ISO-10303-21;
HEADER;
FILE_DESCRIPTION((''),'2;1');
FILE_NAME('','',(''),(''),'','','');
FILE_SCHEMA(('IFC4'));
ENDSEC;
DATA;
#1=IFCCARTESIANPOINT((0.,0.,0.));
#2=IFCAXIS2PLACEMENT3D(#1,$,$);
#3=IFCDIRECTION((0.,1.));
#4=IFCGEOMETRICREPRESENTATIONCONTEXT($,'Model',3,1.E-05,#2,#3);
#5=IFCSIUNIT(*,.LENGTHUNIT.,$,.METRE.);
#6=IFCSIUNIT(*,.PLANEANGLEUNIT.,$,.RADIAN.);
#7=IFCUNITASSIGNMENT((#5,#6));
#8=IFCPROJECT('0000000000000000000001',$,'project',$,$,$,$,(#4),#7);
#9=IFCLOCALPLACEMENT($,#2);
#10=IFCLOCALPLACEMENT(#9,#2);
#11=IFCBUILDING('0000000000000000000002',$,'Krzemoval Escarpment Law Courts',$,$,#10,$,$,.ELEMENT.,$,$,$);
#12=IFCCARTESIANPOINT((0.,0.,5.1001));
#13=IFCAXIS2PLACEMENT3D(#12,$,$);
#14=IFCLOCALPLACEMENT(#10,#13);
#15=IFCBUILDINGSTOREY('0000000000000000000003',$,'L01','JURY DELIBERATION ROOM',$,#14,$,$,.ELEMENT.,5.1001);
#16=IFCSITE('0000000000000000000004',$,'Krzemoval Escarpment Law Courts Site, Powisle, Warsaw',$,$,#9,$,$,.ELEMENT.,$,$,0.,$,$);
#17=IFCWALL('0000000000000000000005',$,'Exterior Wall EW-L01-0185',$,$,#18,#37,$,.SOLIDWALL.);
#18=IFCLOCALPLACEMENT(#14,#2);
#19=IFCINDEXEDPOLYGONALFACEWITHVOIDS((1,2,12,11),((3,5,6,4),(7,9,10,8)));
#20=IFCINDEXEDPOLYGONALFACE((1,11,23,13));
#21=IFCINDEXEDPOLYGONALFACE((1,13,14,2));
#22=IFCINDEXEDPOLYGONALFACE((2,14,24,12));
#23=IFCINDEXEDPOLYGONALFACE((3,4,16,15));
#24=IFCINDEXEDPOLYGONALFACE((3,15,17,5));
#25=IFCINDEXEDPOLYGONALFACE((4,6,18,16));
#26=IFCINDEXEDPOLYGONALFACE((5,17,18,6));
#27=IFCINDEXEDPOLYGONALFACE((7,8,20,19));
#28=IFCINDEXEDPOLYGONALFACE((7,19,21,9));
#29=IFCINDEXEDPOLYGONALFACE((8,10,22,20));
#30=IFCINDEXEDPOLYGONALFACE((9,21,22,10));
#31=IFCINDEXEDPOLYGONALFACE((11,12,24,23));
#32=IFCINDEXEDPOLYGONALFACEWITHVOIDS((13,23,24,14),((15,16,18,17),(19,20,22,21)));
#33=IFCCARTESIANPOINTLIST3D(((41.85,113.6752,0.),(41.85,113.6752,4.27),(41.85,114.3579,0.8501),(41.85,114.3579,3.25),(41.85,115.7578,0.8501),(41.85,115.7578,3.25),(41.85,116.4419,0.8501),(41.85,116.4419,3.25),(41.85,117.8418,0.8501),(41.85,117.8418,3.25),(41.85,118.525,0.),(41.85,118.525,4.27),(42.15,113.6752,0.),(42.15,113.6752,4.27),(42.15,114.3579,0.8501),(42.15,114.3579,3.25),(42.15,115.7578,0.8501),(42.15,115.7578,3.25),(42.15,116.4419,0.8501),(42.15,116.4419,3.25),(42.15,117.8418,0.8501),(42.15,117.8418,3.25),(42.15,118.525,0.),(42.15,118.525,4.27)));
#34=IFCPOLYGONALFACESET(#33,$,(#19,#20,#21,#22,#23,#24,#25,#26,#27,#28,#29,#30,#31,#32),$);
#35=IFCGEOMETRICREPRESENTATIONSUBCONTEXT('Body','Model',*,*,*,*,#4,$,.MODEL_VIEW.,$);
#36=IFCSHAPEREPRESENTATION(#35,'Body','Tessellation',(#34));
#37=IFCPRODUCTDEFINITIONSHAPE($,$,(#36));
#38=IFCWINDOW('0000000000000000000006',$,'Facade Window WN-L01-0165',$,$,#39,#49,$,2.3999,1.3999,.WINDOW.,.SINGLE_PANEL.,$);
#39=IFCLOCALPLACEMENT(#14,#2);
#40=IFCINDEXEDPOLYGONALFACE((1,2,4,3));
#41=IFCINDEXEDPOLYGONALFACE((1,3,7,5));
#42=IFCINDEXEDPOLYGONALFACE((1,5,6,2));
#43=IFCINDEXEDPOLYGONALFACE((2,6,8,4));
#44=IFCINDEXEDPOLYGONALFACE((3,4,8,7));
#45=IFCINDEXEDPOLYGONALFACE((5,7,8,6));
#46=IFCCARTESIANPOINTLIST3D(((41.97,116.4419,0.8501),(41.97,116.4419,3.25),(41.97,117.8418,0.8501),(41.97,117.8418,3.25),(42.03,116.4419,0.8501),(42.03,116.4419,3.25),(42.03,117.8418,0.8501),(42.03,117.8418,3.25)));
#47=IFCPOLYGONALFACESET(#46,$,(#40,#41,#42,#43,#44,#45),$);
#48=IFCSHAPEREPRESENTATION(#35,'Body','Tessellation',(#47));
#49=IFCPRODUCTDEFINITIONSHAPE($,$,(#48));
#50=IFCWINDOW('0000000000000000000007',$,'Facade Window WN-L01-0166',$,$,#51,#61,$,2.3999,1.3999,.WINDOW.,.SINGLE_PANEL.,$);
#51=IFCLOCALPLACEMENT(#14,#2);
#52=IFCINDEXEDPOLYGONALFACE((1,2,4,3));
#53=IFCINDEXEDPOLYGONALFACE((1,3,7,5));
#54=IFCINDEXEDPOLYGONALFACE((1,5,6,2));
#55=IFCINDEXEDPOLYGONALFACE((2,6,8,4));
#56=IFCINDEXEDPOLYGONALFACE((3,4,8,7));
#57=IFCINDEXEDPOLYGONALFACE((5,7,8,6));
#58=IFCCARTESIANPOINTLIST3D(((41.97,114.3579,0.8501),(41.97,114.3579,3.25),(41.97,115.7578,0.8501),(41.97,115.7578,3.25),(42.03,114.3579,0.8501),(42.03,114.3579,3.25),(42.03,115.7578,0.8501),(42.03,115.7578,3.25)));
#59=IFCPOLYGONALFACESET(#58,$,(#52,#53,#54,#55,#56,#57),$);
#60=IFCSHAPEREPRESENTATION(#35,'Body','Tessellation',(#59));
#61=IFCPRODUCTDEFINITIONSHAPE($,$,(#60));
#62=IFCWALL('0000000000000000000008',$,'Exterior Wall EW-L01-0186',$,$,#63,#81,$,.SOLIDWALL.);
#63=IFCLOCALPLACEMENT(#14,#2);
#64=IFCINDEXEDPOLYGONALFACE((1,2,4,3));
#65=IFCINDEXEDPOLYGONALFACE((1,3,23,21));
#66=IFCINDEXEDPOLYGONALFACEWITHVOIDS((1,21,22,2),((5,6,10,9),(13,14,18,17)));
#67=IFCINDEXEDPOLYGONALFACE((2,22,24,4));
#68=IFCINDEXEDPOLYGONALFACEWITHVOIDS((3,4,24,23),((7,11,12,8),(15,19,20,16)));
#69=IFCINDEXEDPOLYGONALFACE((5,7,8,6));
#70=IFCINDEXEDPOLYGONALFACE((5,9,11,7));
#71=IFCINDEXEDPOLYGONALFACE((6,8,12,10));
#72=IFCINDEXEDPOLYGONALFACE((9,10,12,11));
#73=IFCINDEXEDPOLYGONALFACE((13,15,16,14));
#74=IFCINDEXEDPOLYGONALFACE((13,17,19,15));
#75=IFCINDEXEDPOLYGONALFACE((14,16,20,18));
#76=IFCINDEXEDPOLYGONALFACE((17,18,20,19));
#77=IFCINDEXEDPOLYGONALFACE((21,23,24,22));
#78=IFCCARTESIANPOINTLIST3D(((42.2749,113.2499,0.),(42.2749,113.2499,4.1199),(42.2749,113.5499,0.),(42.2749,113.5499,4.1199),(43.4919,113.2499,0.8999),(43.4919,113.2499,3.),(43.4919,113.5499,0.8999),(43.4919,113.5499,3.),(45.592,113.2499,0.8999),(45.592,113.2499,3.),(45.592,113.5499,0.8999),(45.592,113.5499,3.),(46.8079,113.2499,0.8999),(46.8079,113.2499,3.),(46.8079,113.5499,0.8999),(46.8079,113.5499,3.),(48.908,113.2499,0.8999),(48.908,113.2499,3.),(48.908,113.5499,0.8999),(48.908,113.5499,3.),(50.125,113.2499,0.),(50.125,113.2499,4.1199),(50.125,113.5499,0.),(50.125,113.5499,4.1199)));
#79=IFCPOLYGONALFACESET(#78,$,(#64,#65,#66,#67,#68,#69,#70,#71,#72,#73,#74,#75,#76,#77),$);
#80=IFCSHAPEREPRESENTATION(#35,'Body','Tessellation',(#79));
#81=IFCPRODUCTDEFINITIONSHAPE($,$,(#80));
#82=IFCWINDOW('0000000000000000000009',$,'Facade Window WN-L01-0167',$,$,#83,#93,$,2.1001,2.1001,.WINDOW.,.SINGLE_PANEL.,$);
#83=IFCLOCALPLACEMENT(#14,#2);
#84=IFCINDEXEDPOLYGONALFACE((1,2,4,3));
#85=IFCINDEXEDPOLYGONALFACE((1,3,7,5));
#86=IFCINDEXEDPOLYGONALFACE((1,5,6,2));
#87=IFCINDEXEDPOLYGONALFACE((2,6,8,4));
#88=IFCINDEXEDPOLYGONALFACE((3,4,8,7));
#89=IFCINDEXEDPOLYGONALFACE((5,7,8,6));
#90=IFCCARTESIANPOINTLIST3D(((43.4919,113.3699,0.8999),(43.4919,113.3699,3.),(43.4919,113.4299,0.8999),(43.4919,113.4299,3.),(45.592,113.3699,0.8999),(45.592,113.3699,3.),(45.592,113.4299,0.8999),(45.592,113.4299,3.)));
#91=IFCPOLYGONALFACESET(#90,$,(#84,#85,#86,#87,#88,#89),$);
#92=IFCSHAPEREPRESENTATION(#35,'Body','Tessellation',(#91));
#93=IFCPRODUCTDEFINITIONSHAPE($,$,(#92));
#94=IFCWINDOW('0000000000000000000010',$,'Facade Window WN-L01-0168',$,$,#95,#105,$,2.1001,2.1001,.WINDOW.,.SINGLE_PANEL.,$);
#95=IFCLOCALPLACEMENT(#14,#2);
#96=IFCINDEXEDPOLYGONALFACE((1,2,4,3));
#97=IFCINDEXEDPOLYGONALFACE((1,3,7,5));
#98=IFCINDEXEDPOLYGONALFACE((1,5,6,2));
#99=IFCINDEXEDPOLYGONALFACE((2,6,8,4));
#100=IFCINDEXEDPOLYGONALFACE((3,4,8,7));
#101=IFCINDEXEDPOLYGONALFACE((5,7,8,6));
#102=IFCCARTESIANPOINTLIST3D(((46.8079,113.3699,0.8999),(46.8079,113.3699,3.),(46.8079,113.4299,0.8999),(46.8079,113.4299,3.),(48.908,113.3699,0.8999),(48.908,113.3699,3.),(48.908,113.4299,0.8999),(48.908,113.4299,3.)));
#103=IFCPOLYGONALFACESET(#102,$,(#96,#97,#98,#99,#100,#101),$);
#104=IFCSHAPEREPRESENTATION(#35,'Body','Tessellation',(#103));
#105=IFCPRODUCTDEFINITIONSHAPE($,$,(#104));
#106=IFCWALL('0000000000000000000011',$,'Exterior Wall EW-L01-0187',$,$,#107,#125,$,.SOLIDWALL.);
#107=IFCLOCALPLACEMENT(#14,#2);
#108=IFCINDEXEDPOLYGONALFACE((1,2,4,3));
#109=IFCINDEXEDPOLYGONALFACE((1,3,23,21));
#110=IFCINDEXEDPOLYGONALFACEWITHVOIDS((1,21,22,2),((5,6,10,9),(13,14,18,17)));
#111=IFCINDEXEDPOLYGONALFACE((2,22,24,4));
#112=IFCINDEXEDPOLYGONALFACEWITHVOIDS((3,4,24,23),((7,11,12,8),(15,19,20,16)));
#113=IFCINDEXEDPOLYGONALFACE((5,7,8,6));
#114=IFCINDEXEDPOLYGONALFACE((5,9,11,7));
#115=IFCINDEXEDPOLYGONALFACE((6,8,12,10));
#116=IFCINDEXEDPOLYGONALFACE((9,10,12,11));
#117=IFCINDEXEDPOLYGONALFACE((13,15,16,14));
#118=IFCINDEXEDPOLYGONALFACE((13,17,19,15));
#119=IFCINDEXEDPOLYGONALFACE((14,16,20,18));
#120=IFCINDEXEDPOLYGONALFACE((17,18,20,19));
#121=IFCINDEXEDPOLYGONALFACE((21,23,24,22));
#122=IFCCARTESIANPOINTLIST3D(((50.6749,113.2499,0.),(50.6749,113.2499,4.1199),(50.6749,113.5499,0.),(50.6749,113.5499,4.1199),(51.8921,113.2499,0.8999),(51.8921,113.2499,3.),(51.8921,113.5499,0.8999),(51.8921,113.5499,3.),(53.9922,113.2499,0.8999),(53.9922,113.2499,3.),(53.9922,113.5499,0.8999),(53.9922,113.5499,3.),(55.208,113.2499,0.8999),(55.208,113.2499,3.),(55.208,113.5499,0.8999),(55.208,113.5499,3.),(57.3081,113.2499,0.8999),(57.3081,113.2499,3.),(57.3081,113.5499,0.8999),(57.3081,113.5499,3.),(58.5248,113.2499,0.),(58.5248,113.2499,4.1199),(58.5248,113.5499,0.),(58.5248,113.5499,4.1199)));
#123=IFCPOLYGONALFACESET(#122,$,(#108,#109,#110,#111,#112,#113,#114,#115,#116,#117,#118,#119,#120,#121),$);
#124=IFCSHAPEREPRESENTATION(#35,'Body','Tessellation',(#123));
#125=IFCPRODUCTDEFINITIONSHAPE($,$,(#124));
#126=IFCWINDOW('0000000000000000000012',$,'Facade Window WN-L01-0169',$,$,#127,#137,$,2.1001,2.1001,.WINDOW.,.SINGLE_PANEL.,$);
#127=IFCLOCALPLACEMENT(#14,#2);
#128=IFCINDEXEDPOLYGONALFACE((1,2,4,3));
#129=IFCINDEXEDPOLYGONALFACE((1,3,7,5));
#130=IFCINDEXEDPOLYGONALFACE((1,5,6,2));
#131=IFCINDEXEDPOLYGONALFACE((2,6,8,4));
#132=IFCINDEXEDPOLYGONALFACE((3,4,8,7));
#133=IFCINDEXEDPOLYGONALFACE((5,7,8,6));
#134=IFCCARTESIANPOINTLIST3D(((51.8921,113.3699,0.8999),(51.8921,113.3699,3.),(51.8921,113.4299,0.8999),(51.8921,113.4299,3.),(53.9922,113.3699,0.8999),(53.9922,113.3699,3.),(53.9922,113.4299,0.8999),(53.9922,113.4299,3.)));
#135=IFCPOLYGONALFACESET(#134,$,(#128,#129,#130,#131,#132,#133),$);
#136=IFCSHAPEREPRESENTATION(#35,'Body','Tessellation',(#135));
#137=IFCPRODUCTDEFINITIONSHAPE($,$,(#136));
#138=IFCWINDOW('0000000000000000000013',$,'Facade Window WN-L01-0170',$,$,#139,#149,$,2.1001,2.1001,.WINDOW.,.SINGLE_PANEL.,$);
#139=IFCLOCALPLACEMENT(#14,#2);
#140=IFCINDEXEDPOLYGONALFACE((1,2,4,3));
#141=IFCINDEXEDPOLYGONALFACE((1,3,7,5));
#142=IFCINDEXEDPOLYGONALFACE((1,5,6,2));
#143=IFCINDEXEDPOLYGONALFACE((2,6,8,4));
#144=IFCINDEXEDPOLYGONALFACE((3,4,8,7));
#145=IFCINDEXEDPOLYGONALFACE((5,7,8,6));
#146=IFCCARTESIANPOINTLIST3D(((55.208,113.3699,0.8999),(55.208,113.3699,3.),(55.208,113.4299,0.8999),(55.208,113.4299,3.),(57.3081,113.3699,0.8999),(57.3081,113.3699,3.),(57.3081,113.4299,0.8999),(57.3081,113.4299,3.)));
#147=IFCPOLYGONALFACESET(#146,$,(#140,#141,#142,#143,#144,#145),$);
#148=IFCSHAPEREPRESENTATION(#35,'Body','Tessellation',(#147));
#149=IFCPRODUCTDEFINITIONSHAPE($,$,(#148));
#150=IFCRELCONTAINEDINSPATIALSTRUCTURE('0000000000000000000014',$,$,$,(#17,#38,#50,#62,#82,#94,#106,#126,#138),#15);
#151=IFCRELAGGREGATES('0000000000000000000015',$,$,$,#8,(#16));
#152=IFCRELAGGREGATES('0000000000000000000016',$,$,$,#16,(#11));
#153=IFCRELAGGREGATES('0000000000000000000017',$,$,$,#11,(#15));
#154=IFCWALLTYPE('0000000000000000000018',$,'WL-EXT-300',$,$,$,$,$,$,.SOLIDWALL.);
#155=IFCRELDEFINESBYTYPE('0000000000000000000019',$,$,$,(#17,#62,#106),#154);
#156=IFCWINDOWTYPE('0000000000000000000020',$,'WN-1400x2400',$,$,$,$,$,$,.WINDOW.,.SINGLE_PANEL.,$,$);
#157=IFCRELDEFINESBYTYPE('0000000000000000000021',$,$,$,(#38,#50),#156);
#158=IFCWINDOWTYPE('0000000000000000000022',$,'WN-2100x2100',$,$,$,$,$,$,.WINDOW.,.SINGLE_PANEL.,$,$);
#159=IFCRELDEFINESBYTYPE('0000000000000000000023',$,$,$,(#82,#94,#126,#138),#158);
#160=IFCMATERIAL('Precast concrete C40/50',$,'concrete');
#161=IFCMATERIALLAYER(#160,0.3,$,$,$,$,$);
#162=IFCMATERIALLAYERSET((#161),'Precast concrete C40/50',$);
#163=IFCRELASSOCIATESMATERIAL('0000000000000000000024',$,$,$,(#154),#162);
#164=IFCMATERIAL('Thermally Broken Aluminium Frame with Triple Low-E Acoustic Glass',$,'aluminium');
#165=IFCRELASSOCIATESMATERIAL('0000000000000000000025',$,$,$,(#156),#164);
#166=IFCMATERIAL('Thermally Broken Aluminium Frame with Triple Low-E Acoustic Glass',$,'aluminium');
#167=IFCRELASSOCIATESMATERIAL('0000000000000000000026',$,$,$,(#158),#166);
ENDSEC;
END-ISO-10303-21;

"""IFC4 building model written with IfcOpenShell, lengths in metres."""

from ifc_helpers import new_model, si_unit, direction, frame, frame_2d, origin, place, context, subcontext, project, spatial, rectangle, extrude, material, layer, layer_set, type_object, element, fill, save


model = new_model("IFC4")

# Units and contexts
model_context = context("Model", 3, precision=1e-05, world=origin(), true_north=direction((0.0, 1.0)))
body_context = subcontext(model_context, "Body", "Model", "MODEL_VIEW")
ifc_project = project(units=[si_unit("LENGTHUNIT", "METRE"), si_unit("PLANEANGLEUNIT", "RADIAN")], contexts=[model_context])

# Site, building, storey
site_placement = place(None, origin())
site = spatial("IfcSite", under=ifc_project, at=site_placement, Name="Krzemoval Escarpment Law Courts Site, Powisle, Warsaw", CompositionType="ELEMENT", RefElevation=0.0)
building_placement = place(site_placement, origin())
building = spatial("IfcBuilding", under=site, at=building_placement, Name="Krzemoval Escarpment Law Courts", CompositionType="ELEMENT")
storey_placement = place(building_placement, frame((0.0, 0.0, 5.1001)))
storey = spatial("IfcBuildingStorey", under=building, at=storey_placement, Name="L01", Description="JURY DELIBERATION ROOM", CompositionType="ELEMENT", Elevation=5.1001)

# Walls, openings, windows
ifc_material_1 = material(Name="Precast concrete C40/50", Category="concrete")
ifc_layer = layer(ifc_material_1, 0.3)
ifc_layer_set = layer_set([ifc_layer], Name="Precast concrete C40/50")
wall_type = type_object("IfcWallType", Name="WL-EXT-300", PredefinedType="SOLIDWALL", material=ifc_layer_set)
wall_1_placement = place(storey_placement, frame((42.0, 118.5249, 0.0), z_axis=(0.0, 0.0, 1.0), x_axis=(0.0, -1.0, 0.0)))
wall_1 = element("IfcWall", 1, at=wall_1_placement, inside=storey, type_object=wall_type, Name="Exterior Wall EW-L01-0185", PredefinedType="SOLIDWALL", context=body_context, shape_type="SweptSolid", body=[
    extrude(rectangle(XDim=4.8499, YDim=0.3, at=frame_2d((2.4248, 0.0))), origin(), (0.0, 0.0, 1.0), 4.27),
])
opening_1_placement = place(wall_1_placement, frame((0.6831, 0.0, 0.8501)))
opening_1 = element("IfcOpeningElement", 2, at=opening_1_placement, cuts=wall_1, PredefinedType="OPENING", context=body_context, shape_type="SweptSolid", body=[
    extrude(rectangle(XDim=1.3999, YDim=2.3999, at=frame_2d((0.7, 1.2))), frame((0.0, 0.165, 0.0), z_axis=(0.0, -1.0, 0.0), x_axis=(1.0, 0.0, 0.0)), (0.0, 0.0, 1.0), 0.3301),
])
opening_2_placement = place(wall_1_placement, frame((2.7671, 0.0, 0.8501)))
opening_2 = element("IfcOpeningElement", 3, at=opening_2_placement, cuts=wall_1, PredefinedType="OPENING", context=body_context, shape_type="SweptSolid", body=[
    extrude(rectangle(XDim=1.3999, YDim=2.3999, at=frame_2d((0.7, 1.2))), frame((0.0, 0.165, 0.0), z_axis=(0.0, -1.0, 0.0), x_axis=(1.0, 0.0, 0.0)), (0.0, 0.0, 1.0), 0.3301),
])
ifc_material_2 = material(Name="Thermally Broken Aluminium Frame with Triple Low-E Acoustic Glass", Category="aluminium")
window_type_1 = type_object("IfcWindowType", Name="WN-1400x2400", PartitioningType="SINGLE_PANEL", PredefinedType="WINDOW", material=ifc_material_2)
window_1_placement = place(opening_1_placement, origin())
window_1 = element("IfcWindow", 4, at=window_1_placement, inside=storey, type_object=window_type_1, Name="Facade Window WN-L01-0165", OverallHeight=2.3999, OverallWidth=1.3999, PartitioningType="SINGLE_PANEL", PredefinedType="WINDOW", context=body_context, shape_type="SweptSolid", body=[
    extrude(rectangle(XDim=1.3999, YDim=2.3999, at=frame_2d((0.7, 1.2))), frame((0.0, 0.03, 0.0), z_axis=(0.0, -1.0, 0.0), x_axis=(1.0, 0.0, 0.0)), (0.0, 0.0, 1.0), 0.0601),
])
fill(opening_1, window_1)
window_2_placement = place(opening_2_placement, origin())
window_2 = element("IfcWindow", 5, at=window_2_placement, inside=storey, type_object=window_type_1, Name="Facade Window WN-L01-0166", OverallHeight=2.3999, OverallWidth=1.3999, PartitioningType="SINGLE_PANEL", PredefinedType="WINDOW", context=body_context, shape_type="SweptSolid", body=[
    extrude(rectangle(XDim=1.3999, YDim=2.3999, at=frame_2d((0.7, 1.2))), frame((0.0, 0.03, 0.0), z_axis=(0.0, -1.0, 0.0), x_axis=(1.0, 0.0, 0.0)), (0.0, 0.0, 1.0), 0.0601),
])
fill(opening_2, window_2)
wall_2_placement = place(storey_placement, frame((42.2749, 113.3999, 0.0), z_axis=(0.0, 0.0, 1.0), x_axis=(1.0, 0.0, 0.0)))
wall_2 = element("IfcWall", 6, at=wall_2_placement, inside=storey, type_object=wall_type, Name="Exterior Wall EW-L01-0186", PredefinedType="SOLIDWALL", context=body_context, shape_type="SweptSolid", body=[
    extrude(rectangle(XDim=7.8501, YDim=0.3, at=frame_2d((3.925, 0.0))), origin(), (0.0, 0.0, 1.0), 4.1199),
])
opening_3_placement = place(wall_2_placement, frame((1.217, 0.0, 0.8999)))
opening_3 = element("IfcOpeningElement", 7, at=opening_3_placement, cuts=wall_2, PredefinedType="OPENING", context=body_context, shape_type="SweptSolid", body=[
    extrude(rectangle(XDim=2.1001, YDim=2.1001, at=frame_2d((1.05, 1.05))), frame((0.0, 0.165, 0.0), z_axis=(0.0, -1.0, 0.0), x_axis=(1.0, 0.0, 0.0)), (0.0, 0.0, 1.0), 0.3301),
])
opening_4_placement = place(wall_2_placement, frame((4.533, 0.0, 0.8999)))
opening_4 = element("IfcOpeningElement", 8, at=opening_4_placement, cuts=wall_2, PredefinedType="OPENING", context=body_context, shape_type="SweptSolid", body=[
    extrude(rectangle(XDim=2.1001, YDim=2.1001, at=frame_2d((1.05, 1.05))), frame((0.0, 0.165, 0.0), z_axis=(0.0, -1.0, 0.0), x_axis=(1.0, 0.0, 0.0)), (0.0, 0.0, 1.0), 0.3301),
])
ifc_material_3 = material(Name="Thermally Broken Aluminium Frame with Triple Low-E Acoustic Glass", Category="aluminium")
window_type_2 = type_object("IfcWindowType", Name="WN-2100x2100", PartitioningType="SINGLE_PANEL", PredefinedType="WINDOW", material=ifc_material_3)
window_3_placement = place(opening_3_placement, origin())
window_3 = element("IfcWindow", 9, at=window_3_placement, inside=storey, type_object=window_type_2, Name="Facade Window WN-L01-0167", OverallHeight=2.1001, OverallWidth=2.1001, PartitioningType="SINGLE_PANEL", PredefinedType="WINDOW", context=body_context, shape_type="SweptSolid", body=[
    extrude(rectangle(XDim=2.1001, YDim=2.1001, at=frame_2d((1.05, 1.05))), frame((0.0, 0.03, 0.0), z_axis=(0.0, -1.0, 0.0), x_axis=(1.0, 0.0, 0.0)), (0.0, 0.0, 1.0), 0.0601),
])
fill(opening_3, window_3)
window_4_placement = place(opening_4_placement, origin())
window_4 = element("IfcWindow", 10, at=window_4_placement, inside=storey, type_object=window_type_2, Name="Facade Window WN-L01-0168", OverallHeight=2.1001, OverallWidth=2.1001, PartitioningType="SINGLE_PANEL", PredefinedType="WINDOW", context=body_context, shape_type="SweptSolid", body=[
    extrude(rectangle(XDim=2.1001, YDim=2.1001, at=frame_2d((1.05, 1.05))), frame((0.0, 0.03, 0.0), z_axis=(0.0, -1.0, 0.0), x_axis=(1.0, 0.0, 0.0)), (0.0, 0.0, 1.0), 0.0601),
])
fill(opening_4, window_4)
wall_3_placement = place(storey_placement, frame((50.675, 113.3999, 0.0), z_axis=(0.0, 0.0, 1.0), x_axis=(1.0, 0.0, 0.0)))
wall_3 = element("IfcWall", 11, at=wall_3_placement, inside=storey, type_object=wall_type, Name="Exterior Wall EW-L01-0187", PredefinedType="SOLIDWALL", context=body_context, shape_type="SweptSolid", body=[
    extrude(rectangle(XDim=7.8499, YDim=0.3, at=frame_2d((3.9248, 0.0))), origin(), (0.0, 0.0, 1.0), 4.1199),
])
opening_5_placement = place(wall_3_placement, frame((1.217, 0.0, 0.8999)))
opening_5 = element("IfcOpeningElement", 12, at=opening_5_placement, cuts=wall_3, PredefinedType="OPENING", context=body_context, shape_type="SweptSolid", body=[
    extrude(rectangle(XDim=2.1001, YDim=2.1001, at=frame_2d((1.05, 1.05))), frame((0.0, 0.165, 0.0), z_axis=(0.0, -1.0, 0.0), x_axis=(1.0, 0.0, 0.0)), (0.0, 0.0, 1.0), 0.3301),
])
opening_6_placement = place(wall_3_placement, frame((4.533, 0.0, 0.8999)))
opening_6 = element("IfcOpeningElement", 13, at=opening_6_placement, cuts=wall_3, PredefinedType="OPENING", context=body_context, shape_type="SweptSolid", body=[
    extrude(rectangle(XDim=2.1001, YDim=2.1001, at=frame_2d((1.05, 1.05))), frame((0.0, 0.165, 0.0), z_axis=(0.0, -1.0, 0.0), x_axis=(1.0, 0.0, 0.0)), (0.0, 0.0, 1.0), 0.3301),
])
window_5_placement = place(opening_5_placement, origin())
window_5 = element("IfcWindow", 14, at=window_5_placement, inside=storey, type_object=window_type_2, Name="Facade Window WN-L01-0169", OverallHeight=2.1001, OverallWidth=2.1001, PartitioningType="SINGLE_PANEL", PredefinedType="WINDOW", context=body_context, shape_type="SweptSolid", body=[
    extrude(rectangle(XDim=2.1001, YDim=2.1001, at=frame_2d((1.05, 1.05))), frame((0.0, 0.03, 0.0), z_axis=(0.0, -1.0, 0.0), x_axis=(1.0, 0.0, 0.0)), (0.0, 0.0, 1.0), 0.0601),
])
fill(opening_5, window_5)
window_6_placement = place(opening_6_placement, origin())
window_6 = element("IfcWindow", 15, at=window_6_placement, inside=storey, type_object=window_type_2, Name="Facade Window WN-L01-0170", OverallHeight=2.1001, OverallWidth=2.1001, PartitioningType="SINGLE_PANEL", PredefinedType="WINDOW", context=body_context, shape_type="SweptSolid", body=[
    extrude(rectangle(XDim=2.1001, YDim=2.1001, at=frame_2d((1.05, 1.05))), frame((0.0, 0.03, 0.0), z_axis=(0.0, -1.0, 0.0), x_axis=(1.0, 0.0, 0.0)), (0.0, 0.0, 1.0), 0.0601),
])
fill(opening_6, window_6)

save(model, "model.ifc")
